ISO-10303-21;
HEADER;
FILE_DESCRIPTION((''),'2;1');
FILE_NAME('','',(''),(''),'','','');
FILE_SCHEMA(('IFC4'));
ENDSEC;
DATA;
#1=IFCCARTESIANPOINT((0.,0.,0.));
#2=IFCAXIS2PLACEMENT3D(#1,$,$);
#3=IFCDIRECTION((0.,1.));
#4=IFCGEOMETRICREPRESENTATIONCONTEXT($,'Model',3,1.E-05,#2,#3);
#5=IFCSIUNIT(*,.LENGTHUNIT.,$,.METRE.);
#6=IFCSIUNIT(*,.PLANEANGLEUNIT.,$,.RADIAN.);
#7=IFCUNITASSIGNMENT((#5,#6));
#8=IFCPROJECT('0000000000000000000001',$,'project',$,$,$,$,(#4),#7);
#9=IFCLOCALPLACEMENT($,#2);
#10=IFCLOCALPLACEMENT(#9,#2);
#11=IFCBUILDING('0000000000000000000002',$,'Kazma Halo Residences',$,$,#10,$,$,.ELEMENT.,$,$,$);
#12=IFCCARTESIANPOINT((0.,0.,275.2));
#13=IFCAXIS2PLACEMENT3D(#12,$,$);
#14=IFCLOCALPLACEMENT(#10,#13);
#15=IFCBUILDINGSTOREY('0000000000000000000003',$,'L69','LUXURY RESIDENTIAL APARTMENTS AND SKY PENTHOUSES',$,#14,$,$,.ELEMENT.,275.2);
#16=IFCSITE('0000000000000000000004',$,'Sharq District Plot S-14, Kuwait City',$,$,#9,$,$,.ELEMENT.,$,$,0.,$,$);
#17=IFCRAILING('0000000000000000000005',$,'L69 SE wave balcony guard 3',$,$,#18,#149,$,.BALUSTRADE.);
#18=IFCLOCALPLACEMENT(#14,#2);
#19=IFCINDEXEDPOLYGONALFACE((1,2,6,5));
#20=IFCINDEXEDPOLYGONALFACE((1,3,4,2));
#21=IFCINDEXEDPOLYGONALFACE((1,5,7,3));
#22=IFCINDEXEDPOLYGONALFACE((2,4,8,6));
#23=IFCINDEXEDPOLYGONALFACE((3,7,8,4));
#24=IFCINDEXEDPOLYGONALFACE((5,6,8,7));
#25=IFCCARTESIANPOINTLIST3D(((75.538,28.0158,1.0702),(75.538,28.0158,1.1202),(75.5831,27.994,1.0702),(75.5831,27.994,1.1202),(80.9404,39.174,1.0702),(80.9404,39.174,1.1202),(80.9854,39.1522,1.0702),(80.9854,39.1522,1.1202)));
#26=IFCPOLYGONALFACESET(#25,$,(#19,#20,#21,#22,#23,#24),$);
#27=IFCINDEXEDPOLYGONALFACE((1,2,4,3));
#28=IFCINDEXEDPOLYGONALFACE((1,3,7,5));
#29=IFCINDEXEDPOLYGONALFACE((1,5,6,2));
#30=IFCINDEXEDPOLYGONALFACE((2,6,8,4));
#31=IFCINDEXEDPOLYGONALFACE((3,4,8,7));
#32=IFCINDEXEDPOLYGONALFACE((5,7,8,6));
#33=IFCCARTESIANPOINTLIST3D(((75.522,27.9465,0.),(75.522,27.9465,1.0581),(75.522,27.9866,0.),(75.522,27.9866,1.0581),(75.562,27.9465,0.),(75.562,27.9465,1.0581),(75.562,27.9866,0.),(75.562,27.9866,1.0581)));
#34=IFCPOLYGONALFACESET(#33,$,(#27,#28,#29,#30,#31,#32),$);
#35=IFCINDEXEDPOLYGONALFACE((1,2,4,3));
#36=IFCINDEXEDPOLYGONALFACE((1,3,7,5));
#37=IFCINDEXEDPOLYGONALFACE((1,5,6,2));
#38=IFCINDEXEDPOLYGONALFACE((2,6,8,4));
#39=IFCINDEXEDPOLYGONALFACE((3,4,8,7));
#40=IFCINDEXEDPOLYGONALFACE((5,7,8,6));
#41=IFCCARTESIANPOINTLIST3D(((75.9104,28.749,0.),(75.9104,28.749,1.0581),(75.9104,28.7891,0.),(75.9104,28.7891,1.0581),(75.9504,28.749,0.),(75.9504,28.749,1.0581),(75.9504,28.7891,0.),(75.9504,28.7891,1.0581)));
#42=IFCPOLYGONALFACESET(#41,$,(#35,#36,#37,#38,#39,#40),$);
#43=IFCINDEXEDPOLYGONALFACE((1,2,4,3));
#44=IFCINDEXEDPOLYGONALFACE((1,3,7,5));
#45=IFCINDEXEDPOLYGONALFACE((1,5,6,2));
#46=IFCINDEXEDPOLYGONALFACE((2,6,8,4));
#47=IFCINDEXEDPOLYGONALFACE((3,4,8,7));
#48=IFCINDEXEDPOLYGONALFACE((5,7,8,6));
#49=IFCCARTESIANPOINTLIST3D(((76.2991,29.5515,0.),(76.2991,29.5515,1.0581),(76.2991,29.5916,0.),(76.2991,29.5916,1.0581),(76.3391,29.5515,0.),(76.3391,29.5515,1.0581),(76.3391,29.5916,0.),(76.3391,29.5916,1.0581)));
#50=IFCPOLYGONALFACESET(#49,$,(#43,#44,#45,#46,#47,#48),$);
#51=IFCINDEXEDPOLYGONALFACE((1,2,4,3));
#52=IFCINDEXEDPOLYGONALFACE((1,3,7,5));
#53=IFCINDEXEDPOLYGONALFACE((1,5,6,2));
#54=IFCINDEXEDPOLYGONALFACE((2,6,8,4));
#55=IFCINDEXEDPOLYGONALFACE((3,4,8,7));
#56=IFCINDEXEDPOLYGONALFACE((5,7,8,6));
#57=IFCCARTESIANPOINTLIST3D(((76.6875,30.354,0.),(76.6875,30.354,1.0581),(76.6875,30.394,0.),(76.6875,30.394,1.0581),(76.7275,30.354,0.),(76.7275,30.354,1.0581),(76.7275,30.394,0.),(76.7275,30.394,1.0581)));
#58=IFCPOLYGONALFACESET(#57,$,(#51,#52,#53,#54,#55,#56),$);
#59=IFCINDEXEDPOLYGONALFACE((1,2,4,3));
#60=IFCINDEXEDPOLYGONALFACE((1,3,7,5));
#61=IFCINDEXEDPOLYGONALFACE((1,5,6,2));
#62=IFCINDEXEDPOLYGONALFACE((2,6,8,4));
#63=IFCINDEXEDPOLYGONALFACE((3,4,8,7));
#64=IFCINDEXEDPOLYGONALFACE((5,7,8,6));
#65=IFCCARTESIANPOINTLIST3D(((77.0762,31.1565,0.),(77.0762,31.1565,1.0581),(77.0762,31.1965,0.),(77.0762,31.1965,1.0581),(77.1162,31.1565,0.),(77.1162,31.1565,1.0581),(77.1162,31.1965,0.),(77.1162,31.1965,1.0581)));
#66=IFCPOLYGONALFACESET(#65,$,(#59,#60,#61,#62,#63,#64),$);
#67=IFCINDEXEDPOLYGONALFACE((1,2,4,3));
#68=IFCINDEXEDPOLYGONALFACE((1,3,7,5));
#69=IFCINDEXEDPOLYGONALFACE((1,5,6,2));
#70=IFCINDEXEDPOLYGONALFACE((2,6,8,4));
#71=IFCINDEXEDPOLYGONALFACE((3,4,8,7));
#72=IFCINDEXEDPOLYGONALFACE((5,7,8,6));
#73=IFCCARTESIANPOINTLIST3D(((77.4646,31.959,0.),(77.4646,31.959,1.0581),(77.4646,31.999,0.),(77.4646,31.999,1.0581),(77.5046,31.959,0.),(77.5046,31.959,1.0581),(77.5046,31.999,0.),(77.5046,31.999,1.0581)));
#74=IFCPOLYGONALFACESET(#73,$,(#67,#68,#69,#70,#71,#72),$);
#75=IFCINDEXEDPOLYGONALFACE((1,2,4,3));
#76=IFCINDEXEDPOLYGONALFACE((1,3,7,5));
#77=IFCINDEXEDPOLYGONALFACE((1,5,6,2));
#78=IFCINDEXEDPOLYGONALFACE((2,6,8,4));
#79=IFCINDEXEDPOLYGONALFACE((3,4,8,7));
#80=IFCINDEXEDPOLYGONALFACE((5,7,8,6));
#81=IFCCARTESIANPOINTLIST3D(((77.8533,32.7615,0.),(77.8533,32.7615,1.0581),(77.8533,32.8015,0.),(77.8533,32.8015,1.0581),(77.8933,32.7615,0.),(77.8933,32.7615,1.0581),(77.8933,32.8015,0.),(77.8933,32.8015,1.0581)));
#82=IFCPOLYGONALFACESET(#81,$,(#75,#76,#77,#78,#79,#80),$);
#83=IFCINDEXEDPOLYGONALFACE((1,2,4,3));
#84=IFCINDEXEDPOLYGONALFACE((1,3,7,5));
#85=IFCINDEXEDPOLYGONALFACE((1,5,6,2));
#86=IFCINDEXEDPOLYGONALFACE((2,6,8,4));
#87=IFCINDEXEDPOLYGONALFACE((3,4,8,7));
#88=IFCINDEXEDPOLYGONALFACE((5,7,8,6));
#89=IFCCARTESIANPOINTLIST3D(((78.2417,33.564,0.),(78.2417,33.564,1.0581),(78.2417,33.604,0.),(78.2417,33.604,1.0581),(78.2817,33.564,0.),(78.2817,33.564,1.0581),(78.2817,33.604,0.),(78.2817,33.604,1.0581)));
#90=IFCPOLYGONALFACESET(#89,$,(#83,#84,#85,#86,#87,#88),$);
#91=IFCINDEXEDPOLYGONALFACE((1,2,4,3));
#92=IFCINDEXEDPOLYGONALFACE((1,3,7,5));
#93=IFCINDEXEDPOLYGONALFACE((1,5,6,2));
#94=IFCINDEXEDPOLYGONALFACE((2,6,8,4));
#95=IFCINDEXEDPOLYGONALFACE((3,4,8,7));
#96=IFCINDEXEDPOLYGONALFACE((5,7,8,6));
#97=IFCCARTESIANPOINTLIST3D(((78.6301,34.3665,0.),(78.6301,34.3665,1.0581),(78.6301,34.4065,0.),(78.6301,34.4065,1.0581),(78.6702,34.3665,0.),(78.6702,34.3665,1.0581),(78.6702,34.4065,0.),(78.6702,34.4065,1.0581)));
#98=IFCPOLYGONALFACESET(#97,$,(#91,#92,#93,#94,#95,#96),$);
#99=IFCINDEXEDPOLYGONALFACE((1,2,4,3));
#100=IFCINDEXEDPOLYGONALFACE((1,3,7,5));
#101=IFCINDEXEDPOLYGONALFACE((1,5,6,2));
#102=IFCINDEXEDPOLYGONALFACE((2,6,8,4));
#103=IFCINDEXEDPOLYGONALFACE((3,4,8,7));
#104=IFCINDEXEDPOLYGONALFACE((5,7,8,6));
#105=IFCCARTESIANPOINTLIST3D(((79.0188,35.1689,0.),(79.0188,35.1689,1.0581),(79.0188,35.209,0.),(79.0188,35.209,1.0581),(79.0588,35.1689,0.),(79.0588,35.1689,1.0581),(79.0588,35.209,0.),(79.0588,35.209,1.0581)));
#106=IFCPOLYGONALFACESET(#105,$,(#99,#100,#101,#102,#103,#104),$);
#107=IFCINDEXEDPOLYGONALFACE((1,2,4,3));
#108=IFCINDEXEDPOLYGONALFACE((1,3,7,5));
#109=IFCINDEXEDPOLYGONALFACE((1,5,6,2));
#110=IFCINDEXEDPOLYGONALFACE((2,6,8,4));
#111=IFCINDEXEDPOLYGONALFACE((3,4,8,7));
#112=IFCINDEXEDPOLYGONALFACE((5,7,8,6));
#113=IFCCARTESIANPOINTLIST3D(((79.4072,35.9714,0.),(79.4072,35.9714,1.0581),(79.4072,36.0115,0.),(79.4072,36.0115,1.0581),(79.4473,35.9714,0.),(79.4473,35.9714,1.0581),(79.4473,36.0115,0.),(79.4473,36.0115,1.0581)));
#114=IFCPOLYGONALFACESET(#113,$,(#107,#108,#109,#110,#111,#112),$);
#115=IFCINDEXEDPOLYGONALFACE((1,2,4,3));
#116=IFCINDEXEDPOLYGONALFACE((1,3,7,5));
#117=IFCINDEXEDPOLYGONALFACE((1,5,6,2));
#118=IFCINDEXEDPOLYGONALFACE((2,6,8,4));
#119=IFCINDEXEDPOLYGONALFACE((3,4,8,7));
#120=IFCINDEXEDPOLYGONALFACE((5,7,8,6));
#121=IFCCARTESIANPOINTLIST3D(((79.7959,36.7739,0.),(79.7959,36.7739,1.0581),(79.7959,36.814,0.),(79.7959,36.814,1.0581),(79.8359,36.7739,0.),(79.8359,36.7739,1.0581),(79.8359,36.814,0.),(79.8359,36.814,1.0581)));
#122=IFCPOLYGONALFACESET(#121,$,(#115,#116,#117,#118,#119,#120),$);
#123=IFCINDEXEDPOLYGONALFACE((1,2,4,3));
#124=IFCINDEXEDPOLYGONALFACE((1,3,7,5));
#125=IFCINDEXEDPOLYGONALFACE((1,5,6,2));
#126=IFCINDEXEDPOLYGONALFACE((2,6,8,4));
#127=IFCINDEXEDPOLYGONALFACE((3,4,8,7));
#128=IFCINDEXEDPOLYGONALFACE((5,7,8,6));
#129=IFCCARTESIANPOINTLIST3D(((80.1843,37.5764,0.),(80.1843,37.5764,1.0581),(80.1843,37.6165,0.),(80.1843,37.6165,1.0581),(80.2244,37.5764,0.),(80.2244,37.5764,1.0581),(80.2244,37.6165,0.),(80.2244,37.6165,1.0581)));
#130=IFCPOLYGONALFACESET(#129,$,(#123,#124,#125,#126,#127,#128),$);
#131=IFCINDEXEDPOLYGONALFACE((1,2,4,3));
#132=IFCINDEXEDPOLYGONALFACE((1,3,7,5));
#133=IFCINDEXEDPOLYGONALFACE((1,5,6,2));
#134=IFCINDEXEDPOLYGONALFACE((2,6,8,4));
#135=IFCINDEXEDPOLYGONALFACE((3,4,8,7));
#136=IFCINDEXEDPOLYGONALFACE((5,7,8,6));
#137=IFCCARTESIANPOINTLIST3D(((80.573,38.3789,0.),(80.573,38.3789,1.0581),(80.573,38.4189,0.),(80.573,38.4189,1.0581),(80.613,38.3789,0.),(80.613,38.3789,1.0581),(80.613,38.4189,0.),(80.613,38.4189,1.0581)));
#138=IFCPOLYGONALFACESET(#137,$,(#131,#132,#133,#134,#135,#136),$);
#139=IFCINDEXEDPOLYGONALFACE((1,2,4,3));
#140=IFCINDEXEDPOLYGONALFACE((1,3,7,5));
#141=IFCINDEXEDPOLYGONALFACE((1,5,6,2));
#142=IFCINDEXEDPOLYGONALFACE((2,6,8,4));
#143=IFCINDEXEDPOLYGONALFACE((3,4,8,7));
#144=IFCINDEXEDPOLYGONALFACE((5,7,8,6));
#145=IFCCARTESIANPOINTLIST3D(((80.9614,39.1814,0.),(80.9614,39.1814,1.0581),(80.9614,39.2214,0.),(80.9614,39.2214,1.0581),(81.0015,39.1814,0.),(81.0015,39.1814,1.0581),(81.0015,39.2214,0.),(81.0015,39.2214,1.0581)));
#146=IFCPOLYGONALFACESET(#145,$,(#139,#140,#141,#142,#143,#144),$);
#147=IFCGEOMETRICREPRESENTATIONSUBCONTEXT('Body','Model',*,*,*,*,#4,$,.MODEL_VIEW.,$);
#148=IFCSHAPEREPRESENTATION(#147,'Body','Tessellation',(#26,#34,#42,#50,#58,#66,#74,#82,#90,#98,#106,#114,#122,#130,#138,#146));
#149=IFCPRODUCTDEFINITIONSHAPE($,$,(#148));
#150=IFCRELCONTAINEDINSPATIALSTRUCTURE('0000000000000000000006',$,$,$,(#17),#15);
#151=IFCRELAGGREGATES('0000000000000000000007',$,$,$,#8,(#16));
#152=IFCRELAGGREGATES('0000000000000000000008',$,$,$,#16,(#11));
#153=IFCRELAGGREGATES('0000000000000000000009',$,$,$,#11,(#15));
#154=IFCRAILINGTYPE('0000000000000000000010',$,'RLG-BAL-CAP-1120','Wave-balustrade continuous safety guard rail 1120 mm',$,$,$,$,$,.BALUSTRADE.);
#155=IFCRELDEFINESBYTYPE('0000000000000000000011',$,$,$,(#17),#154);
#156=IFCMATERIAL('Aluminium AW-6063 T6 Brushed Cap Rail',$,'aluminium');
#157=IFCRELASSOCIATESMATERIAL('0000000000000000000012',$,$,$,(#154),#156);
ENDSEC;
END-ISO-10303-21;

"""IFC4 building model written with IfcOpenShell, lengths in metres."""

from ifc_helpers import new_model, si_unit, direction, frame, origin, origin_2d, place, context, subcontext, project, spatial, rectangle, extrude, material, type_object, element, save


model = new_model("IFC4")

# Units and contexts
model_context = context("Model", 3, precision=1e-05, world=origin(), true_north=direction((0.0, 1.0)))
body_context = subcontext(model_context, "Body", "Model", "MODEL_VIEW")
ifc_project = project(units=[si_unit("LENGTHUNIT", "METRE"), si_unit("PLANEANGLEUNIT", "RADIAN")], contexts=[model_context])

# Site, building, storey
site_placement = place(None, origin())
site = spatial("IfcSite", under=ifc_project, at=site_placement, Name="Sharq District Plot S-14, Kuwait City", CompositionType="ELEMENT", RefElevation=0.0)
building_placement = place(site_placement, origin())
building = spatial("IfcBuilding", under=site, at=building_placement, Name="Kazma Halo Residences", CompositionType="ELEMENT")
storey_placement = place(building_placement, frame((0.0, 0.0, 275.2)))
storey = spatial("IfcBuildingStorey", under=building, at=storey_placement, Name="L69", Description="LUXURY RESIDENTIAL APARTMENTS AND SKY PENTHOUSES", CompositionType="ELEMENT", Elevation=275.2)

# Railing
ifc_material_1 = material(Name="Aluminium AW-6063 T6 Brushed Cap Rail", Category="aluminium")
railing_type = type_object("IfcRailingType", Name="RLG-BAL-CAP-1120", Description="Wave-balustrade continuous safety guard rail 1120 mm", PredefinedType="BALUSTRADE", material=ifc_material_1)
railing_1_placement = place(storey_placement, frame((75.542, 27.9666, 0.0)))
element("IfcRailing", 1, at=railing_1_placement, inside=storey, type_object=railing_type, Name="L69 SE wave balcony guard 3", PredefinedType="BALUSTRADE", context=body_context, shape_type="SweptSolid", body=[
    extrude(rectangle(XDim=0.05, YDim=0.05, at=origin_2d()), frame((0.0186, 0.0383, 1.0952), z_axis=(0.435771, 0.900058, 0.0), x_axis=(-0.900058, 0.435771, 0.0)), (0.0, 0.0, 1.0), 12.3972),
    extrude(rectangle(XDim=0.04, YDim=0.04, at=origin_2d()), origin(), (0.0, 0.0, 1.0), 1.0581),
    extrude(rectangle(XDim=0.04, YDim=0.04, at=origin_2d()), frame((0.3884, 0.8025, 0.0)), (0.0, 0.0, 1.0), 1.0581),
    extrude(rectangle(XDim=0.04, YDim=0.04, at=origin_2d()), frame((0.7771, 1.605, 0.0)), (0.0, 0.0, 1.0), 1.0581),
    extrude(rectangle(XDim=0.04, YDim=0.04, at=origin_2d()), frame((1.1655, 2.4075, 0.0)), (0.0, 0.0, 1.0), 1.0581),
    extrude(rectangle(XDim=0.04, YDim=0.04, at=origin_2d()), frame((1.5542, 3.21, 0.0)), (0.0, 0.0, 1.0), 1.0581),
    extrude(rectangle(XDim=0.04, YDim=0.04, at=origin_2d()), frame((1.9426, 4.0125, 0.0)), (0.0, 0.0, 1.0), 1.0581),
    extrude(rectangle(XDim=0.04, YDim=0.04, at=origin_2d()), frame((2.3313, 4.8149, 0.0)), (0.0, 0.0, 1.0), 1.0581),
    extrude(rectangle(XDim=0.04, YDim=0.04, at=origin_2d()), frame((2.7197, 5.6174, 0.0)), (0.0, 0.0, 1.0), 1.0581),
    extrude(rectangle(XDim=0.04, YDim=0.04, at=origin_2d()), frame((3.1082, 6.4199, 0.0)), (0.0, 0.0, 1.0), 1.0581),
    extrude(rectangle(XDim=0.04, YDim=0.04, at=origin_2d()), frame((3.4968, 7.2224, 0.0)), (0.0, 0.0, 1.0), 1.0581),
    extrude(rectangle(XDim=0.04, YDim=0.04, at=origin_2d()), frame((3.8853, 8.0249, 0.0)), (0.0, 0.0, 1.0), 1.0581),
    extrude(rectangle(XDim=0.04, YDim=0.04, at=origin_2d()), frame((4.2739, 8.8274, 0.0)), (0.0, 0.0, 1.0), 1.0581),
    extrude(rectangle(XDim=0.04, YDim=0.04, at=origin_2d()), frame((4.6624, 9.6299, 0.0)), (0.0, 0.0, 1.0), 1.0581),
    extrude(rectangle(XDim=0.04, YDim=0.04, at=origin_2d()), frame((5.051, 10.4324, 0.0)), (0.0, 0.0, 1.0), 1.0581),
    extrude(rectangle(XDim=0.04, YDim=0.04, at=origin_2d()), frame((5.4395, 11.2349, 0.0)), (0.0, 0.0, 1.0), 1.0581),
])

save(model, "model.ifc")
